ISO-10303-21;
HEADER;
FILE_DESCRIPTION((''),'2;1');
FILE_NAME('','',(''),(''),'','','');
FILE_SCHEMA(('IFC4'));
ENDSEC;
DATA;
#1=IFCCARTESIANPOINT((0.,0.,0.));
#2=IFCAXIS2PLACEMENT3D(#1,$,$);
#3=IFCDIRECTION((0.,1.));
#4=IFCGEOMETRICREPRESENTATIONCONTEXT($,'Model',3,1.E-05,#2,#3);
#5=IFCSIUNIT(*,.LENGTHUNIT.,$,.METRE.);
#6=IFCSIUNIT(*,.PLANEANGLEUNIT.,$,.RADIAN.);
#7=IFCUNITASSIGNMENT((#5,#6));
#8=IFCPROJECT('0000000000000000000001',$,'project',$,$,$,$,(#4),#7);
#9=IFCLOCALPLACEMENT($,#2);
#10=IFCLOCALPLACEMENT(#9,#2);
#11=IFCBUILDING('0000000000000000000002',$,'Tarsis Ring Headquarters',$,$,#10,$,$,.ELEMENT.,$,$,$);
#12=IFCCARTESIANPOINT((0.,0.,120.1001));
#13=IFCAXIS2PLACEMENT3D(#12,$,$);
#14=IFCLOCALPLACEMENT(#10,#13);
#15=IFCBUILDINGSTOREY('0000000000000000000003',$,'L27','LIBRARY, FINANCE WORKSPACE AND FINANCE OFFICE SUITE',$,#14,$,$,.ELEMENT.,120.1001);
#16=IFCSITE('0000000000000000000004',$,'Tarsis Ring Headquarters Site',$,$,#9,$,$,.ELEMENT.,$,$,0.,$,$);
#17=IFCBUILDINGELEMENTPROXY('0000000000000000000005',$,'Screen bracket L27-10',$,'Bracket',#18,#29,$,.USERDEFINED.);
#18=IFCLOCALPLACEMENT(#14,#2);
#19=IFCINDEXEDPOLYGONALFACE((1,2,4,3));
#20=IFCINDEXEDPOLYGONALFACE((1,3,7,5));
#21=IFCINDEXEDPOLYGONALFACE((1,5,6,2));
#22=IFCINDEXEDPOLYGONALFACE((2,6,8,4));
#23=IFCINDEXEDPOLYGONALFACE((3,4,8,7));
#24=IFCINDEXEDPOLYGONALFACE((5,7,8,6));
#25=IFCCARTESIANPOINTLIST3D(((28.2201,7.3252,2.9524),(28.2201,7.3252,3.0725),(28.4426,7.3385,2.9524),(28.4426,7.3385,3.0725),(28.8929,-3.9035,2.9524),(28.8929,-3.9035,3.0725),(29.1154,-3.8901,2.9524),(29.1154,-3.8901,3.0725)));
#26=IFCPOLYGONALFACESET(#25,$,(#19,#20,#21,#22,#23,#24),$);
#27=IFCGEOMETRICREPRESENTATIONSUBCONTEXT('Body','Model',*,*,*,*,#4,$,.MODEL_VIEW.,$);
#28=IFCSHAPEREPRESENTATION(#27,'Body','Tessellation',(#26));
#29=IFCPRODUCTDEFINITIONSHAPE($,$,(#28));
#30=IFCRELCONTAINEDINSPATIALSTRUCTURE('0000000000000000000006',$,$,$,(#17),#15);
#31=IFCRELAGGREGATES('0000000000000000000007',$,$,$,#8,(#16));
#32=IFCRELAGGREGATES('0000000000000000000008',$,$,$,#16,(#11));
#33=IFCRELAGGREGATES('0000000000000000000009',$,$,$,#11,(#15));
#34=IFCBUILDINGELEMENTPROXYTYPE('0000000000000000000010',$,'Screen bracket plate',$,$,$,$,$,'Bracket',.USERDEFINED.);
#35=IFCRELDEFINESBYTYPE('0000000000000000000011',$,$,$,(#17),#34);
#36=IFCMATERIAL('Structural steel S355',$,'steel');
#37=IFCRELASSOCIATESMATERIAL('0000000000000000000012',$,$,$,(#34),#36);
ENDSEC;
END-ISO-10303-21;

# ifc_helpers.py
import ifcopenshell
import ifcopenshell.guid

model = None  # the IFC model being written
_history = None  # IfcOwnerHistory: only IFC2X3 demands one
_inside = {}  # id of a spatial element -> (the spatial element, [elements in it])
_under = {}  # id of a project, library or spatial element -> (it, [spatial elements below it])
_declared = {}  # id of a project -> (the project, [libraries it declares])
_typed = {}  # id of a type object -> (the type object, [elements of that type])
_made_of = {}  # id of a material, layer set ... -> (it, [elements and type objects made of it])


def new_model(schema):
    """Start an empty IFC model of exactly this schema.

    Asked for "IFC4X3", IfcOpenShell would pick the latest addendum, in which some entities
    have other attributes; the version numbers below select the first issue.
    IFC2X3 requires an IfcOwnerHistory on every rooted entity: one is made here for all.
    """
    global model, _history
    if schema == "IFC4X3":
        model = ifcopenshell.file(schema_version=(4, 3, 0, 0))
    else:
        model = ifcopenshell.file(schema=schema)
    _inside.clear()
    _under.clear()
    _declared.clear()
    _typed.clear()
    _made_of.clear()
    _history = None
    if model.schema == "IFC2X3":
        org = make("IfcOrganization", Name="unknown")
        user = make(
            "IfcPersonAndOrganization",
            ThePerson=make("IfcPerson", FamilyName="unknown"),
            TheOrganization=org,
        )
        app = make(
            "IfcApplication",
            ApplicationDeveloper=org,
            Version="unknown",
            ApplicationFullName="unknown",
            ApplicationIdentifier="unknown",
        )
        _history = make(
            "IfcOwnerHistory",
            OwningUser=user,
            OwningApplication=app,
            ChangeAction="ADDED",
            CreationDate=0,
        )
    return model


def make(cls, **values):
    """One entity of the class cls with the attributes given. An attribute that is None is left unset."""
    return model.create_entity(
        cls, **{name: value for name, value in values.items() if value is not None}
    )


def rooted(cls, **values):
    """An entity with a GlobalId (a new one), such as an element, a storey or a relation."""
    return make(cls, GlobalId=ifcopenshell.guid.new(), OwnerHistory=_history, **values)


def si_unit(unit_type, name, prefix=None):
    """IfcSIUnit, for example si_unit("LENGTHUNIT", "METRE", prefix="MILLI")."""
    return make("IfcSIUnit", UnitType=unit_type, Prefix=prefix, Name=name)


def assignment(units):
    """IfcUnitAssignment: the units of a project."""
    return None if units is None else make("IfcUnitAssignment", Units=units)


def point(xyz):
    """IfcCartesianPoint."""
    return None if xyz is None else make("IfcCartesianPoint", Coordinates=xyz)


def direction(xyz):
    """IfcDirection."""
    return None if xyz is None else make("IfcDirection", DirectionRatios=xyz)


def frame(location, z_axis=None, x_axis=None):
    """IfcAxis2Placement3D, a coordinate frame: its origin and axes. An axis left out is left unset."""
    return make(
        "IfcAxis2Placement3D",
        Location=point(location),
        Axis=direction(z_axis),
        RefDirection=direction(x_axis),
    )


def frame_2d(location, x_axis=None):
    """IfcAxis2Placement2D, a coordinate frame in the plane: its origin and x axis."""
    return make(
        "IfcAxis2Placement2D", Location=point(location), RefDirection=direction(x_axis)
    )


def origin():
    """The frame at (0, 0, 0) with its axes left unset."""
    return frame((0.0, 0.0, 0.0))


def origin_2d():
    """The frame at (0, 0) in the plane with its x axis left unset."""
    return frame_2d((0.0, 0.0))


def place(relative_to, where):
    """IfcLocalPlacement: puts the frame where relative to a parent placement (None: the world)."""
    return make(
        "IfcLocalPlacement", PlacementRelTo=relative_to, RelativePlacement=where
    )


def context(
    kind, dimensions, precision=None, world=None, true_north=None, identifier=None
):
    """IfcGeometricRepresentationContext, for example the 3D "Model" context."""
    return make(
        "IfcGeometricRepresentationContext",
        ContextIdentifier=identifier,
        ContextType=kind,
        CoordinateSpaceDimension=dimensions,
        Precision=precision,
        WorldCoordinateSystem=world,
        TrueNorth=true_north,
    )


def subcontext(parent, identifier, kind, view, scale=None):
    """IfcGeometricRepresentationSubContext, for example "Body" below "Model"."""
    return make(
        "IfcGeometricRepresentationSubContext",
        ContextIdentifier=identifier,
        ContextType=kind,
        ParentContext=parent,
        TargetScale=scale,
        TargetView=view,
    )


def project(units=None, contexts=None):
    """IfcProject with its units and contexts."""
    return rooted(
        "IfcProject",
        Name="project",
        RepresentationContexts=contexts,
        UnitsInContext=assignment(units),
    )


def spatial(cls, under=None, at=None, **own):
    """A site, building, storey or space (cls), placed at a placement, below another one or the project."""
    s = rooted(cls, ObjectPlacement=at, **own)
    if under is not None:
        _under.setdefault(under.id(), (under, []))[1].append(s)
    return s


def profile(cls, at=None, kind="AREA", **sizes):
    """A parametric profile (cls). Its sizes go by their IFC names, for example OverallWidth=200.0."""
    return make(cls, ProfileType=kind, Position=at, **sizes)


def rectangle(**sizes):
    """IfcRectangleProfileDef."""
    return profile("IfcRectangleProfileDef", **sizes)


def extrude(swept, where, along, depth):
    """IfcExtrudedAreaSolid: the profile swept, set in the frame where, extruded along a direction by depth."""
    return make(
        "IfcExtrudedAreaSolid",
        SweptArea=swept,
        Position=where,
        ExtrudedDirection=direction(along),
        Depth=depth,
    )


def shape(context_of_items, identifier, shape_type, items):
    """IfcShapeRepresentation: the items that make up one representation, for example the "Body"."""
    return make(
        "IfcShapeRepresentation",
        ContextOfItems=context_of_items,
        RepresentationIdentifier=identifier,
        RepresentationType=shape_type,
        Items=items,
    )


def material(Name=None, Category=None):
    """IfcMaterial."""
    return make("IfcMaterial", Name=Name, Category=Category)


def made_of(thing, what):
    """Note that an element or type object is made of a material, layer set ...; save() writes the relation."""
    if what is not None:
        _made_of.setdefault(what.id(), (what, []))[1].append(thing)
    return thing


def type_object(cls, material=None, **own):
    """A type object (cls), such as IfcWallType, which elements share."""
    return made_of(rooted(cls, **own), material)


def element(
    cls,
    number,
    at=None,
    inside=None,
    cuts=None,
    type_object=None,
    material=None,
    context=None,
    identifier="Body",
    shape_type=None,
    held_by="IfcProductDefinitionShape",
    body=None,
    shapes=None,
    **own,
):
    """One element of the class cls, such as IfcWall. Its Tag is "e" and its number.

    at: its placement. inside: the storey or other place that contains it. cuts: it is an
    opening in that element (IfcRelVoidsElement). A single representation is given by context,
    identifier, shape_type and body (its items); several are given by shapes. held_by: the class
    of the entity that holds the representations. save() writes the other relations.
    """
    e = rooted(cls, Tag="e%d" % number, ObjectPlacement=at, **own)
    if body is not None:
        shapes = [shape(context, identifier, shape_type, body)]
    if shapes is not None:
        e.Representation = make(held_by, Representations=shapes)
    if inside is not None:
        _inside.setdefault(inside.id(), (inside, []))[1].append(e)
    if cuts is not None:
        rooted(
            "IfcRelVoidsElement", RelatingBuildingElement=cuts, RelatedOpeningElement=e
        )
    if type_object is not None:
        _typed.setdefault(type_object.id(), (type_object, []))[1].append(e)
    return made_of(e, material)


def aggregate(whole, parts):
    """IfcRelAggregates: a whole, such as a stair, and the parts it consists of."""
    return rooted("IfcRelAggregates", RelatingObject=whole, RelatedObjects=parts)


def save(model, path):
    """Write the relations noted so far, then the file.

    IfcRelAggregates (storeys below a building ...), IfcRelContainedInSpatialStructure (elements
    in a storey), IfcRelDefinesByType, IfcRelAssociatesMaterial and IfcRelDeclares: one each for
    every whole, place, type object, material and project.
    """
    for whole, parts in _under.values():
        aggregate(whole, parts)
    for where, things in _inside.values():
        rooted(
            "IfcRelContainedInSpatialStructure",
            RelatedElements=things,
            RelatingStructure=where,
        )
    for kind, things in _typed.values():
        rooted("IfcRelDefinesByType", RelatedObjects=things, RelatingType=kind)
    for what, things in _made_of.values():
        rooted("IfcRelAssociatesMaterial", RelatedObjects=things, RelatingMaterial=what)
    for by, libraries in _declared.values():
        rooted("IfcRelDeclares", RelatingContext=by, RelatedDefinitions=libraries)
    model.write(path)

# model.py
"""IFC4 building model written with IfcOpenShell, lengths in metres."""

from ifc_helpers import new_model, si_unit, direction, frame, origin, origin_2d, place, context, subcontext, project, spatial, rectangle, extrude, material, type_object, element, save


model = new_model("IFC4")

# Units and contexts
model_context = context("Model", 3, precision=1e-05, world=origin(), true_north=direction((0.0, 1.0)))
body_context = subcontext(model_context, "Body", "Model", "MODEL_VIEW")
ifc_project = project(units=[si_unit("LENGTHUNIT", "METRE"), si_unit("PLANEANGLEUNIT", "RADIAN")], contexts=[model_context])

# Site, building, storey
site_placement = place(None, origin())
site = spatial("IfcSite", under=ifc_project, at=site_placement, Name="Tarsis Ring Headquarters Site", CompositionType="ELEMENT", RefElevation=0.0)
building_placement = place(site_placement, origin())
building = spatial("IfcBuilding", under=site, at=building_placement, Name="Tarsis Ring Headquarters", CompositionType="ELEMENT")
storey_placement = place(building_placement, frame((0.0, 0.0, 120.1001)))
storey = spatial("IfcBuildingStorey", under=building, at=storey_placement, Name="L27", Description="LIBRARY, FINANCE WORKSPACE AND FINANCE OFFICE SUITE", CompositionType="ELEMENT", Elevation=120.1001)

# Shared definitions
ifc_material_1 = material(Name="Structural steel S355", Category="steel")

# Building element proxy
building_element_proxy_type = type_object("IfcBuildingElementProxyType", Name="Screen bracket plate", ElementType="Bracket", PredefinedType="USERDEFINED", material=ifc_material_1)
proxy_placement = place(storey_placement, frame((28.6677, 1.7175, 2.9524), z_axis=(0.0, 0.0, 1.0), x_axis=(-0.059807, 0.99821, 0.0)))
element("IfcBuildingElementProxy", 1, at=proxy_placement, inside=storey, type_object=building_element_proxy_type, Name="Screen bracket L27-10", ObjectType="Bracket", PredefinedType="USERDEFINED", context=body_context, shape_type="SweptSolid", body=[
    extrude(rectangle(XDim=11.2488, YDim=0.2229, at=origin_2d()), origin(), (0.0, 0.0, 1.0), 0.1201),
])

save(model, "model.ifc")
